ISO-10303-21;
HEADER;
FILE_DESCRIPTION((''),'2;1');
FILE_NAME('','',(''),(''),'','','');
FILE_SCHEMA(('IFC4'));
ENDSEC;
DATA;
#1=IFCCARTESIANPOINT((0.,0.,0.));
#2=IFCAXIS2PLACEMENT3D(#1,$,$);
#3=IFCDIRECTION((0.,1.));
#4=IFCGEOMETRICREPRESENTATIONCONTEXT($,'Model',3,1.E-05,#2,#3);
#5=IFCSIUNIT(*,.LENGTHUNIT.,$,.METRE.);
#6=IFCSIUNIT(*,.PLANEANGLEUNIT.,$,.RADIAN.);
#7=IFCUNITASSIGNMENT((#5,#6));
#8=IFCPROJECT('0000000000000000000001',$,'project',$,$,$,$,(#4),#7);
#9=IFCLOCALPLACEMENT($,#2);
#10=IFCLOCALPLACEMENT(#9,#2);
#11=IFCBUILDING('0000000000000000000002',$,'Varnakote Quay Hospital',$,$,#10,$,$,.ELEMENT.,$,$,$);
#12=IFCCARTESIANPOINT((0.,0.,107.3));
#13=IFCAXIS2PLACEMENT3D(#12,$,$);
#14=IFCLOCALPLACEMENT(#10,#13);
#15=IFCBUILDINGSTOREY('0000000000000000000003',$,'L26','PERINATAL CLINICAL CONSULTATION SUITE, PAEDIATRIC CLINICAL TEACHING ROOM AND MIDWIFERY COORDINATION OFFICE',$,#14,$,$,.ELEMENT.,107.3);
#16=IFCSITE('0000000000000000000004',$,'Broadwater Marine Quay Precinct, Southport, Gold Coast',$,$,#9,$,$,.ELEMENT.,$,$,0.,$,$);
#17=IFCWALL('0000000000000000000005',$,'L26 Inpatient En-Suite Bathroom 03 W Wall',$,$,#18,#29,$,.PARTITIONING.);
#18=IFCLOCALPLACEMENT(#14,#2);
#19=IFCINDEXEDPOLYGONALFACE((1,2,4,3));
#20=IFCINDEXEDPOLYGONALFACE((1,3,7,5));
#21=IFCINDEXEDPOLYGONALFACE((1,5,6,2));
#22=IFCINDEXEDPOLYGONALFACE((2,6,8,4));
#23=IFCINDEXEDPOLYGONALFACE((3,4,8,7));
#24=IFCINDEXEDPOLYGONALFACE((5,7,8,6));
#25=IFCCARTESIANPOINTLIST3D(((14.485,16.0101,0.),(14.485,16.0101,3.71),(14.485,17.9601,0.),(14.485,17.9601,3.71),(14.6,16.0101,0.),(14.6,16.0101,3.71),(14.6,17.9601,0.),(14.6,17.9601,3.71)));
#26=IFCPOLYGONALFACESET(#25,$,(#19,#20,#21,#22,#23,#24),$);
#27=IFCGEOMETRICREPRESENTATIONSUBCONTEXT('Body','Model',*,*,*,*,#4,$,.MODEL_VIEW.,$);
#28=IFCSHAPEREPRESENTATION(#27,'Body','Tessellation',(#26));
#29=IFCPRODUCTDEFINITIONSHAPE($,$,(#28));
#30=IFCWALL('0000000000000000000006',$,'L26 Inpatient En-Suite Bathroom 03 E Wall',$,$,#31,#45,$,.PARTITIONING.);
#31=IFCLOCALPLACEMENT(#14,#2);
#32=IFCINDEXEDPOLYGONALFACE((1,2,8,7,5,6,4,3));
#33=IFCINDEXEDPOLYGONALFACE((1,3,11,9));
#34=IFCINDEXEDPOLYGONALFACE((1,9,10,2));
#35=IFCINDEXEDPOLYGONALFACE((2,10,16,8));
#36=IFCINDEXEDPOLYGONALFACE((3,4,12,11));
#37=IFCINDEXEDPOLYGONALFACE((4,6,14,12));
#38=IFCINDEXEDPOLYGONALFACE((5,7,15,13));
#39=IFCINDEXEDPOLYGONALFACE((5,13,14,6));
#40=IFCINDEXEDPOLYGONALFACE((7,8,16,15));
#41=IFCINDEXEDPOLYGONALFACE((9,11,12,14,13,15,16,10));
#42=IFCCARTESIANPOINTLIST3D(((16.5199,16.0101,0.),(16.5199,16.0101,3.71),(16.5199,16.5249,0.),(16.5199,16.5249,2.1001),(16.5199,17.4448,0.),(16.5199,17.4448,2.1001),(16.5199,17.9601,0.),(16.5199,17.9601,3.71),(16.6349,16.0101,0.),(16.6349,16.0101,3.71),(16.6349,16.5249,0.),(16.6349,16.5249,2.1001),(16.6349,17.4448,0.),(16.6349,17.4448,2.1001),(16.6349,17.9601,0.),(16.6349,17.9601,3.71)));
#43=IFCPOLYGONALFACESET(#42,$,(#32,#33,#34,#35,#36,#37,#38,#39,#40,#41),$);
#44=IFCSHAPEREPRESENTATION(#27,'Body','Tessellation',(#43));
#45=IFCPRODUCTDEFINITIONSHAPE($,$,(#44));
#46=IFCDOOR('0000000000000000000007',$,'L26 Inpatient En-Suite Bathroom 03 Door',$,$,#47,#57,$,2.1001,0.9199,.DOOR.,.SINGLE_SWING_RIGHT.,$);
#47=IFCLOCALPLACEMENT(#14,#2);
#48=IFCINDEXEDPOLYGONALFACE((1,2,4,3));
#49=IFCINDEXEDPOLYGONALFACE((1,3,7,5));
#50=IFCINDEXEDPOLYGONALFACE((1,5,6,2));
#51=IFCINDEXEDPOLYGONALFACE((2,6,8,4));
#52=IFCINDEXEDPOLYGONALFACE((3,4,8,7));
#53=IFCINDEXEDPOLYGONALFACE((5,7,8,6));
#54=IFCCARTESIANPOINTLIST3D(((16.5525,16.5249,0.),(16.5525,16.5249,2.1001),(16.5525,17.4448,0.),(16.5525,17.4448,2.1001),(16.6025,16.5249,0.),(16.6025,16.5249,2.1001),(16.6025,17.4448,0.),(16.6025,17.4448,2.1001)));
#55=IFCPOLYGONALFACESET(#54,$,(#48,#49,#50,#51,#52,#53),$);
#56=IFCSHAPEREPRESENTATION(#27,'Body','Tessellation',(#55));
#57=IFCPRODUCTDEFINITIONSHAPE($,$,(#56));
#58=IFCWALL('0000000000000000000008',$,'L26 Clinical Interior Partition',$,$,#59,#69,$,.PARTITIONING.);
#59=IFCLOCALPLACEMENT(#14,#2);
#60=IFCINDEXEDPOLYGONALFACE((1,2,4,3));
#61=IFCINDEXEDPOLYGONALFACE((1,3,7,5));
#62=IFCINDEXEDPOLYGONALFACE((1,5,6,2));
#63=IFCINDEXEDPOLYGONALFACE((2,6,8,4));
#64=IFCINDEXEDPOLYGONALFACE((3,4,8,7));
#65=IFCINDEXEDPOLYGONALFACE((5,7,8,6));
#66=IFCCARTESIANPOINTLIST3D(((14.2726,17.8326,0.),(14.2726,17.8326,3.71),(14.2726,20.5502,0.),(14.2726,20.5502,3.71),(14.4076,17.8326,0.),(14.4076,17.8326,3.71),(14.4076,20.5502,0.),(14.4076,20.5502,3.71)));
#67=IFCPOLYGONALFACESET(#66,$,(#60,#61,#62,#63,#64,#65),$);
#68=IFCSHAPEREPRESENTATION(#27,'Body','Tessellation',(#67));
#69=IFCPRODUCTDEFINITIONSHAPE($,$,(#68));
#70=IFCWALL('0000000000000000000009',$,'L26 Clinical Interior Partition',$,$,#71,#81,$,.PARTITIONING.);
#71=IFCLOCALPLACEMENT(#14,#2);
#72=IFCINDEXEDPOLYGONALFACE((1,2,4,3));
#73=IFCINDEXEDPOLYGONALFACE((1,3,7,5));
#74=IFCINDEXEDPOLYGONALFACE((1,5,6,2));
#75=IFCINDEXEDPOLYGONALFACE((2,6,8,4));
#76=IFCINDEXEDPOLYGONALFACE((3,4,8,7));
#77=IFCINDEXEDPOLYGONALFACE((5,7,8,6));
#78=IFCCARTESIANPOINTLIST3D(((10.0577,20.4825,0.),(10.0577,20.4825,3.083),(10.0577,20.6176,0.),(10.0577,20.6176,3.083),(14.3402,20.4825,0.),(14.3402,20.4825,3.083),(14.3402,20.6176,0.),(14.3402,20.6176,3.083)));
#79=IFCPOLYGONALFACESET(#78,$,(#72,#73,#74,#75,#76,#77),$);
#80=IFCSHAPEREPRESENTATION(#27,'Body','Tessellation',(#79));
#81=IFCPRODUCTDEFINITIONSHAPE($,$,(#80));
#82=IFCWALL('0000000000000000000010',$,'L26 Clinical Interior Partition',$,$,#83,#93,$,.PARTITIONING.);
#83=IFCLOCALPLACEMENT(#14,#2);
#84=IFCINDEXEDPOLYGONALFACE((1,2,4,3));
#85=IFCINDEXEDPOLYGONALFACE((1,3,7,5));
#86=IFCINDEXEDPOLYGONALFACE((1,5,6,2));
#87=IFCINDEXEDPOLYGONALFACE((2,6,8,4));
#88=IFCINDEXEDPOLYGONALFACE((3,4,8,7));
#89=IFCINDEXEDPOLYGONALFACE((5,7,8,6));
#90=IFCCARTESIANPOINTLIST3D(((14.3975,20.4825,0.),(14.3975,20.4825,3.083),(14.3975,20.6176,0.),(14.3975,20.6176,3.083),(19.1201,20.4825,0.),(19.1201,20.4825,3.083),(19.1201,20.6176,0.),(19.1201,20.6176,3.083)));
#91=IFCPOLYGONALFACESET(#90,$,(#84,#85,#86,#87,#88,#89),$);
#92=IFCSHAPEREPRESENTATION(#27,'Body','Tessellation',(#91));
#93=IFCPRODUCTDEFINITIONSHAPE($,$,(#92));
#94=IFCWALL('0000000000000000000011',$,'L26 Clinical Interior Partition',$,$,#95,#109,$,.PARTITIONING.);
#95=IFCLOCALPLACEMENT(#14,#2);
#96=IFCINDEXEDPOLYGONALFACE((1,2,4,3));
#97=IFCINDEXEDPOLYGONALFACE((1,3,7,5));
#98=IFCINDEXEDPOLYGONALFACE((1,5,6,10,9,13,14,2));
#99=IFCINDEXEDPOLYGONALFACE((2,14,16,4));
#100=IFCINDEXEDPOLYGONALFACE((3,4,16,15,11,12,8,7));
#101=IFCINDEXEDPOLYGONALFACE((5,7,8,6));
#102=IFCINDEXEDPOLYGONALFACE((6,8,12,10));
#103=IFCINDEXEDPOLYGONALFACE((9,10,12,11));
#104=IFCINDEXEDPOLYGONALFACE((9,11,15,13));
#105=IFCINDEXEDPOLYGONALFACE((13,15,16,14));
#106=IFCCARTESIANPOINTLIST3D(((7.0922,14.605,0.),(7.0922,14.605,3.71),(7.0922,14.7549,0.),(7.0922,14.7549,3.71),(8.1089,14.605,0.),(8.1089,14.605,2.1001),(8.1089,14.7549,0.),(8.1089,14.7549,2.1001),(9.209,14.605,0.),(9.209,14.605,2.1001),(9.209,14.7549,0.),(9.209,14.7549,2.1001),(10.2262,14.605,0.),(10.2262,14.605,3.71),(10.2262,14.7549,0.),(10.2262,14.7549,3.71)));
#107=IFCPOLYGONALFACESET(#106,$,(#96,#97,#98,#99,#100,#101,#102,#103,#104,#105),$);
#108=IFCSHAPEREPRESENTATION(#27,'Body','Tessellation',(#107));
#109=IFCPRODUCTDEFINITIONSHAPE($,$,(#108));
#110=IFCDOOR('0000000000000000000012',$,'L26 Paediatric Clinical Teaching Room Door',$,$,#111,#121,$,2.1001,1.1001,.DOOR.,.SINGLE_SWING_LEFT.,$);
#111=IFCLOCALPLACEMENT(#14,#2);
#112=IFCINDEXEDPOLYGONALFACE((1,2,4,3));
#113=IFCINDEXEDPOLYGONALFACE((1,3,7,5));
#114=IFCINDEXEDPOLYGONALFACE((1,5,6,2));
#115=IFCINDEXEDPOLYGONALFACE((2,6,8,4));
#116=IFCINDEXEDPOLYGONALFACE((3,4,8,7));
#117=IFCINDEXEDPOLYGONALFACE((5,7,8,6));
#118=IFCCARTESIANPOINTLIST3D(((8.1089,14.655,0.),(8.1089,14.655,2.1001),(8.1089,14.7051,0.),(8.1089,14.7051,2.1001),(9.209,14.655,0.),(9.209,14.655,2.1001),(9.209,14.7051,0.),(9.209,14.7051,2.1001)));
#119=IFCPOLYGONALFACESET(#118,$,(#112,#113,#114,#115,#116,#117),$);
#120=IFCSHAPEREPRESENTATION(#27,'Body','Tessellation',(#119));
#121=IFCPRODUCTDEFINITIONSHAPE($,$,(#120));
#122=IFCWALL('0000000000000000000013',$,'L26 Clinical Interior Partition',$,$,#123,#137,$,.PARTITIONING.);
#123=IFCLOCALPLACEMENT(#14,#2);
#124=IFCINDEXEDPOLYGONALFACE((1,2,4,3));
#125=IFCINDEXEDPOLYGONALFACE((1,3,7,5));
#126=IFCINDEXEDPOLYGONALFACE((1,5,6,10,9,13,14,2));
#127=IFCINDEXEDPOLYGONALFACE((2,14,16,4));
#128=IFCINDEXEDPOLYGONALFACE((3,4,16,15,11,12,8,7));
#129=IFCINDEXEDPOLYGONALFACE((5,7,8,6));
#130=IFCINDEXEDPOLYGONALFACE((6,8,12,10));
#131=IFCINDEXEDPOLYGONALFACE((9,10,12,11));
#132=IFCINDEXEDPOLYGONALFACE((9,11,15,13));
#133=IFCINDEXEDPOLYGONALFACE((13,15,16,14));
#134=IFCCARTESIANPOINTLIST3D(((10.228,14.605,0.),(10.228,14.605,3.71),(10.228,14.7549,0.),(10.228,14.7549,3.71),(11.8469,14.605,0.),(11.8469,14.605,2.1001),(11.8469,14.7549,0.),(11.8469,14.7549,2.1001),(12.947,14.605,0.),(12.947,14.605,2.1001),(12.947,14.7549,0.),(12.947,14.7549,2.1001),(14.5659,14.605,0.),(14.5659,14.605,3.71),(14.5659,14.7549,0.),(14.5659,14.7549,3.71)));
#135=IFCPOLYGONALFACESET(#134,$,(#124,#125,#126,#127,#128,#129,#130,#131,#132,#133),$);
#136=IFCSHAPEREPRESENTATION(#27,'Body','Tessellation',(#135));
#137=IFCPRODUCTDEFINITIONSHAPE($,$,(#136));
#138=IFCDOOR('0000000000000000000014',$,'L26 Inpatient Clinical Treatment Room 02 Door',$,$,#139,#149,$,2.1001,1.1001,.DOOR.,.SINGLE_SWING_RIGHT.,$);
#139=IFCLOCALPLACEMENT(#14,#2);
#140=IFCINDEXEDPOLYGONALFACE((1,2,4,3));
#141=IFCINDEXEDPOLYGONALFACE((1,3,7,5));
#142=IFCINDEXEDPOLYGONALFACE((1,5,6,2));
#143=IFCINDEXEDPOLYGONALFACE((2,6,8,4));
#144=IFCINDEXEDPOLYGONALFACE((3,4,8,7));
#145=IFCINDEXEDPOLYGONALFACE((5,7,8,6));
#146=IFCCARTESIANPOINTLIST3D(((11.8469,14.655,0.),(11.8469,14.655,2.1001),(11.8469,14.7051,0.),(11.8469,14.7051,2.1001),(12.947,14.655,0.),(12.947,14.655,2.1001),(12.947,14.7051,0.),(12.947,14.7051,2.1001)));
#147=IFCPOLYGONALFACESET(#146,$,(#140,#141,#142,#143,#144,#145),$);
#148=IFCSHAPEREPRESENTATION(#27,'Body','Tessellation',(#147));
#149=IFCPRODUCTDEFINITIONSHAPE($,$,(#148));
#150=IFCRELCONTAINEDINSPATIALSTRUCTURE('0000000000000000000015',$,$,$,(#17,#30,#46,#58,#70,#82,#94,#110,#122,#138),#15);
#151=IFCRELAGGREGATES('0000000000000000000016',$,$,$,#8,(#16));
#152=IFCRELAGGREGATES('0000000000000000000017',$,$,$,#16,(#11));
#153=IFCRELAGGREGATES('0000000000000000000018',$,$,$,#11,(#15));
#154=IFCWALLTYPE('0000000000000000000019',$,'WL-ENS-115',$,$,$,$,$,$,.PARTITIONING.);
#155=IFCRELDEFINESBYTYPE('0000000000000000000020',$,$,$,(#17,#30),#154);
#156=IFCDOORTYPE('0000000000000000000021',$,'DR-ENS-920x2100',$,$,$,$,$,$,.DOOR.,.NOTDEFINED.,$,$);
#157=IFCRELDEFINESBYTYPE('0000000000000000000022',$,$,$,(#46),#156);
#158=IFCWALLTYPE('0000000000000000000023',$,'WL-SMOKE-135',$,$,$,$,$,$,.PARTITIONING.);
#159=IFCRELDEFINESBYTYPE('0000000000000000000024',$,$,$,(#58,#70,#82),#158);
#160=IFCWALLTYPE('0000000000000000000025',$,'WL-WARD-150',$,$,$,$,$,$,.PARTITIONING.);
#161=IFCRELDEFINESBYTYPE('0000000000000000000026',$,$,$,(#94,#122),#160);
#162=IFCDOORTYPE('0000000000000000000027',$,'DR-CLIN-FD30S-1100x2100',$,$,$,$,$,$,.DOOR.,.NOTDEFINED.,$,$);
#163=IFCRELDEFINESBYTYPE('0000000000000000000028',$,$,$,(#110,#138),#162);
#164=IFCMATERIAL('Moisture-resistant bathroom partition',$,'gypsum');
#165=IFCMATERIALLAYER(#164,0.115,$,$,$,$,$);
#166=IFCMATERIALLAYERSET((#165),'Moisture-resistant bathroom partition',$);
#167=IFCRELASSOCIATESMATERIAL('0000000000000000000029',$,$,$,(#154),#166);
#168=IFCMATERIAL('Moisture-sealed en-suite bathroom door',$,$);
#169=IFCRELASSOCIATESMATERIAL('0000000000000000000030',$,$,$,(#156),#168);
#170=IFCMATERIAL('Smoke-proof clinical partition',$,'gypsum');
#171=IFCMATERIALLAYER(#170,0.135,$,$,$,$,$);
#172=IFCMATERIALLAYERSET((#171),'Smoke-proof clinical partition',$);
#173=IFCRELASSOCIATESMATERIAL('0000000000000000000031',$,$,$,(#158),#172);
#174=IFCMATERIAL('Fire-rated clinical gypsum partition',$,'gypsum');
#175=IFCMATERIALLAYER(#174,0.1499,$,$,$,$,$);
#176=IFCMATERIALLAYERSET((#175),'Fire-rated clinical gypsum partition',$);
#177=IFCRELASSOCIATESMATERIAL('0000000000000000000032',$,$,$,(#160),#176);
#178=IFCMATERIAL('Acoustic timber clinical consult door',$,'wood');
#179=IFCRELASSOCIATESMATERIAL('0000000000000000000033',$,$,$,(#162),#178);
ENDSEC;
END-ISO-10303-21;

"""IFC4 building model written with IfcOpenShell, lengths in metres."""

from ifc_helpers import new_model, si_unit, direction, frame, frame_2d, origin, place, context, subcontext, project, spatial, rectangle, extrude, material, layer, layer_set, type_object, element, fill, save


model = new_model("IFC4")

# Units and contexts
model_context = context("Model", 3, precision=1e-05, world=origin(), true_north=direction((0.0, 1.0)))
body_context = subcontext(model_context, "Body", "Model", "MODEL_VIEW")
ifc_project = project(units=[si_unit("LENGTHUNIT", "METRE"), si_unit("PLANEANGLEUNIT", "RADIAN")], contexts=[model_context])

# Site, building, storey
site_placement = place(None, origin())
site = spatial("IfcSite", under=ifc_project, at=site_placement, Name="Broadwater Marine Quay Precinct, Southport, Gold Coast", CompositionType="ELEMENT", RefElevation=0.0)
building_placement = place(site_placement, origin())
building = spatial("IfcBuilding", under=site, at=building_placement, Name="Varnakote Quay Hospital", CompositionType="ELEMENT")
storey_placement = place(building_placement, frame((0.0, 0.0, 107.3)))
storey = spatial("IfcBuildingStorey", under=building, at=storey_placement, Name="L26", Description="PERINATAL CLINICAL CONSULTATION SUITE, PAEDIATRIC CLINICAL TEACHING ROOM AND MIDWIFERY COORDINATION OFFICE", CompositionType="ELEMENT", Elevation=107.3)

# Shared definitions
ifc_material_1 = material(Name="Moisture-resistant bathroom partition", Category="gypsum")
ifc_layer_1 = layer(ifc_material_1, 0.115)
ifc_layer_set_1 = layer_set([ifc_layer_1], Name="Moisture-resistant bathroom partition")
wall_type_1 = type_object("IfcWallType", Name="WL-ENS-115", PredefinedType="PARTITIONING", material=ifc_layer_set_1)

# Shared definitions
ifc_material_2 = material(Name="Moisture-sealed en-suite bathroom door")
door_type_1 = type_object("IfcDoorType", Name="DR-ENS-920x2100", OperationType="NOTDEFINED", PredefinedType="DOOR", material=ifc_material_2)

# Wall
wall_1_placement = place(storey_placement, frame((14.5425, 16.01, 0.0), z_axis=(0.0, 0.0, 1.0), x_axis=(0.0, 1.0, 0.0)))
element("IfcWall", 1, at=wall_1_placement, inside=storey, type_object=wall_type_1, Name="L26 Inpatient En-Suite Bathroom 03 W Wall", PredefinedType="PARTITIONING", context=body_context, shape_type="SweptSolid", body=[
    extrude(rectangle(XDim=1.95, YDim=0.115, at=frame_2d((0.9751, 0.0))), origin(), (0.0, 0.0, 1.0), 3.71),
])

# Wall, opening, door
wall_2_placement = place(storey_placement, frame((16.5774, 16.01, 0.0), z_axis=(0.0, 0.0, 1.0), x_axis=(0.0, 1.0, 0.0)))
wall_2 = element("IfcWall", 2, at=wall_2_placement, inside=storey, type_object=wall_type_1, Name="L26 Inpatient En-Suite Bathroom 03 E Wall", PredefinedType="PARTITIONING", context=body_context, shape_type="SweptSolid", body=[
    extrude(rectangle(XDim=1.95, YDim=0.115, at=frame_2d((0.9751, 0.0))), origin(), (0.0, 0.0, 1.0), 3.71),
])
opening_1_placement = place(wall_2_placement, frame((0.5149, 0.0, 0.0)))
opening_1 = element("IfcOpeningElement", 3, at=opening_1_placement, cuts=wall_2, PredefinedType="OPENING", context=body_context, shape_type="SweptSolid", body=[
    extrude(rectangle(XDim=0.9199, YDim=2.1001, at=frame_2d((0.46, 1.05))), frame((0.0, 0.0674, 0.0), z_axis=(0.0, -1.0, 0.0), x_axis=(1.0, 0.0, 0.0)), (0.0, 0.0, 1.0), 0.135),
])
door_1_placement = place(opening_1_placement, origin())
door_1 = element("IfcDoor", 4, at=door_1_placement, inside=storey, type_object=door_type_1, Name="L26 Inpatient En-Suite Bathroom 03 Door", OperationType="SINGLE_SWING_RIGHT", OverallHeight=2.1001, OverallWidth=0.9199, PredefinedType="DOOR", context=body_context, shape_type="SweptSolid", body=[
    extrude(rectangle(XDim=0.9199, YDim=2.1001, at=frame_2d((0.46, 1.05))), frame((0.0, 0.0249, 0.0), z_axis=(0.0, -1.0, 0.0), x_axis=(1.0, 0.0, 0.0)), (0.0, 0.0, 1.0), 0.05),
])
fill(opening_1, door_1)

# Walls
ifc_material_3 = material(Name="Smoke-proof clinical partition", Category="gypsum")
ifc_layer_2 = layer(ifc_material_3, 0.135)
ifc_layer_set_2 = layer_set([ifc_layer_2], Name="Smoke-proof clinical partition")
wall_type_2 = type_object("IfcWallType", Name="WL-SMOKE-135", PredefinedType="PARTITIONING", material=ifc_layer_set_2)
wall_3_placement = place(storey_placement, frame((14.3401, 17.8325, 0.0), z_axis=(0.0, 0.0, 1.0), x_axis=(0.0, 1.0, 0.0)))
element("IfcWall", 5, at=wall_3_placement, inside=storey, type_object=wall_type_2, Name="L26 Clinical Interior Partition", PredefinedType="PARTITIONING", context=body_context, shape_type="SweptSolid", body=[
    extrude(rectangle(XDim=2.7175, YDim=0.135, at=frame_2d((1.3589, 0.0))), origin(), (0.0, 0.0, 1.0), 3.71),
])
wall_4_placement = place(storey_placement, frame((14.3401, 20.55, 0.0), z_axis=(0.0, 0.0, 1.0), x_axis=(-1.0, 0.0, 0.0)))
element("IfcWall", 6, at=wall_4_placement, inside=storey, type_object=wall_type_2, Name="L26 Clinical Interior Partition", PredefinedType="PARTITIONING", context=body_context, shape_type="SweptSolid", body=[
    extrude(rectangle(XDim=4.2825, YDim=0.135, at=frame_2d((2.1411, 0.0))), origin(), (0.0, 0.0, 1.0), 3.083),
])
wall_5_placement = place(storey_placement, frame((19.1201, 20.55, 0.0), z_axis=(0.0, 0.0, 1.0), x_axis=(-1.0, 0.0, 0.0)))
element("IfcWall", 7, at=wall_5_placement, inside=storey, type_object=wall_type_2, Name="L26 Clinical Interior Partition", PredefinedType="PARTITIONING", context=body_context, shape_type="SweptSolid", body=[
    extrude(rectangle(XDim=4.7227, YDim=0.135, at=frame_2d((2.3613, 0.0))), origin(), (0.0, 0.0, 1.0), 3.083),
])

# Walls, openings, doors
ifc_material_4 = material(Name="Fire-rated clinical gypsum partition", Category="gypsum")
ifc_layer_3 = layer(ifc_material_4, 0.1499)
ifc_layer_set_3 = layer_set([ifc_layer_3], Name="Fire-rated clinical gypsum partition")
wall_type_3 = type_object("IfcWallType", Name="WL-WARD-150", PredefinedType="PARTITIONING", material=ifc_layer_set_3)
wall_6_placement = place(storey_placement, frame((10.2261, 14.6799, 0.0), z_axis=(0.0, 0.0, 1.0), x_axis=(-1.0, 0.0, 0.0)))
wall_6 = element("IfcWall", 8, at=wall_6_placement, inside=storey, type_object=wall_type_3, Name="L26 Clinical Interior Partition", PredefinedType="PARTITIONING", context=body_context, shape_type="SweptSolid", body=[
    extrude(rectangle(XDim=3.134, YDim=0.1499, at=frame_2d((1.5669, 0.0))), origin(), (0.0, 0.0, 1.0), 3.71),
])
opening_2_placement = place(wall_6_placement, frame((1.0171, 0.0, 0.0)))
opening_2 = element("IfcOpeningElement", 9, at=opening_2_placement, cuts=wall_6, PredefinedType="OPENING", context=body_context, shape_type="SweptSolid", body=[
    extrude(rectangle(XDim=1.1001, YDim=2.1001, at=frame_2d((0.55, 1.05))), frame((0.0, 0.085, 0.0), z_axis=(0.0, -1.0, 0.0), x_axis=(1.0, 0.0, 0.0)), (0.0, 0.0, 1.0), 0.1699),
])
ifc_material_5 = material(Name="Acoustic timber clinical consult door", Category="wood")
door_type_2 = type_object("IfcDoorType", Name="DR-CLIN-FD30S-1100x2100", OperationType="NOTDEFINED", PredefinedType="DOOR", material=ifc_material_5)
door_2_placement = place(opening_2_placement, origin())
door_2 = element("IfcDoor", 10, at=door_2_placement, inside=storey, type_object=door_type_2, Name="L26 Paediatric Clinical Teaching Room Door", OperationType="SINGLE_SWING_LEFT", OverallHeight=2.1001, OverallWidth=1.1001, PredefinedType="DOOR", context=body_context, shape_type="SweptSolid", body=[
    extrude(rectangle(XDim=1.1001, YDim=2.1001, at=frame_2d((0.55, 1.05))), frame((0.0, 0.0249, 0.0), z_axis=(0.0, -1.0, 0.0), x_axis=(1.0, 0.0, 0.0)), (0.0, 0.0, 1.0), 0.05),
])
fill(opening_2, door_2)
wall_7_placement = place(storey_placement, frame((14.5659, 14.6799, 0.0), z_axis=(0.0, 0.0, 1.0), x_axis=(-1.0, 0.0, 0.0)))
wall_7 = element("IfcWall", 11, at=wall_7_placement, inside=storey, type_object=wall_type_3, Name="L26 Clinical Interior Partition", PredefinedType="PARTITIONING", context=body_context, shape_type="SweptSolid", body=[
    extrude(rectangle(XDim=4.3379, YDim=0.1499, at=frame_2d((2.1689, 0.0))), origin(), (0.0, 0.0, 1.0), 3.71),
])
opening_3_placement = place(wall_7_placement, frame((1.6189, 0.0, 0.0)))
opening_3 = element("IfcOpeningElement", 12, at=opening_3_placement, cuts=wall_7, PredefinedType="OPENING", context=body_context, shape_type="SweptSolid", body=[
    extrude(rectangle(XDim=1.1001, YDim=2.1001, at=frame_2d((0.55, 1.05))), frame((0.0, 0.085, 0.0), z_axis=(0.0, -1.0, 0.0), x_axis=(1.0, 0.0, 0.0)), (0.0, 0.0, 1.0), 0.1699),
])
door_3_placement = place(opening_3_placement, origin())
door_3 = element("IfcDoor", 13, at=door_3_placement, inside=storey, type_object=door_type_2, Name="L26 Inpatient Clinical Treatment Room 02 Door", OperationType="SINGLE_SWING_RIGHT", OverallHeight=2.1001, OverallWidth=1.1001, PredefinedType="DOOR", context=body_context, shape_type="SweptSolid", body=[
    extrude(rectangle(XDim=1.1001, YDim=2.1001, at=frame_2d((0.55, 1.05))), frame((0.0, 0.0249, 0.0), z_axis=(0.0, -1.0, 0.0), x_axis=(1.0, 0.0, 0.0)), (0.0, 0.0, 1.0), 0.05),
])
fill(opening_3, door_3)

save(model, "model.ifc")
